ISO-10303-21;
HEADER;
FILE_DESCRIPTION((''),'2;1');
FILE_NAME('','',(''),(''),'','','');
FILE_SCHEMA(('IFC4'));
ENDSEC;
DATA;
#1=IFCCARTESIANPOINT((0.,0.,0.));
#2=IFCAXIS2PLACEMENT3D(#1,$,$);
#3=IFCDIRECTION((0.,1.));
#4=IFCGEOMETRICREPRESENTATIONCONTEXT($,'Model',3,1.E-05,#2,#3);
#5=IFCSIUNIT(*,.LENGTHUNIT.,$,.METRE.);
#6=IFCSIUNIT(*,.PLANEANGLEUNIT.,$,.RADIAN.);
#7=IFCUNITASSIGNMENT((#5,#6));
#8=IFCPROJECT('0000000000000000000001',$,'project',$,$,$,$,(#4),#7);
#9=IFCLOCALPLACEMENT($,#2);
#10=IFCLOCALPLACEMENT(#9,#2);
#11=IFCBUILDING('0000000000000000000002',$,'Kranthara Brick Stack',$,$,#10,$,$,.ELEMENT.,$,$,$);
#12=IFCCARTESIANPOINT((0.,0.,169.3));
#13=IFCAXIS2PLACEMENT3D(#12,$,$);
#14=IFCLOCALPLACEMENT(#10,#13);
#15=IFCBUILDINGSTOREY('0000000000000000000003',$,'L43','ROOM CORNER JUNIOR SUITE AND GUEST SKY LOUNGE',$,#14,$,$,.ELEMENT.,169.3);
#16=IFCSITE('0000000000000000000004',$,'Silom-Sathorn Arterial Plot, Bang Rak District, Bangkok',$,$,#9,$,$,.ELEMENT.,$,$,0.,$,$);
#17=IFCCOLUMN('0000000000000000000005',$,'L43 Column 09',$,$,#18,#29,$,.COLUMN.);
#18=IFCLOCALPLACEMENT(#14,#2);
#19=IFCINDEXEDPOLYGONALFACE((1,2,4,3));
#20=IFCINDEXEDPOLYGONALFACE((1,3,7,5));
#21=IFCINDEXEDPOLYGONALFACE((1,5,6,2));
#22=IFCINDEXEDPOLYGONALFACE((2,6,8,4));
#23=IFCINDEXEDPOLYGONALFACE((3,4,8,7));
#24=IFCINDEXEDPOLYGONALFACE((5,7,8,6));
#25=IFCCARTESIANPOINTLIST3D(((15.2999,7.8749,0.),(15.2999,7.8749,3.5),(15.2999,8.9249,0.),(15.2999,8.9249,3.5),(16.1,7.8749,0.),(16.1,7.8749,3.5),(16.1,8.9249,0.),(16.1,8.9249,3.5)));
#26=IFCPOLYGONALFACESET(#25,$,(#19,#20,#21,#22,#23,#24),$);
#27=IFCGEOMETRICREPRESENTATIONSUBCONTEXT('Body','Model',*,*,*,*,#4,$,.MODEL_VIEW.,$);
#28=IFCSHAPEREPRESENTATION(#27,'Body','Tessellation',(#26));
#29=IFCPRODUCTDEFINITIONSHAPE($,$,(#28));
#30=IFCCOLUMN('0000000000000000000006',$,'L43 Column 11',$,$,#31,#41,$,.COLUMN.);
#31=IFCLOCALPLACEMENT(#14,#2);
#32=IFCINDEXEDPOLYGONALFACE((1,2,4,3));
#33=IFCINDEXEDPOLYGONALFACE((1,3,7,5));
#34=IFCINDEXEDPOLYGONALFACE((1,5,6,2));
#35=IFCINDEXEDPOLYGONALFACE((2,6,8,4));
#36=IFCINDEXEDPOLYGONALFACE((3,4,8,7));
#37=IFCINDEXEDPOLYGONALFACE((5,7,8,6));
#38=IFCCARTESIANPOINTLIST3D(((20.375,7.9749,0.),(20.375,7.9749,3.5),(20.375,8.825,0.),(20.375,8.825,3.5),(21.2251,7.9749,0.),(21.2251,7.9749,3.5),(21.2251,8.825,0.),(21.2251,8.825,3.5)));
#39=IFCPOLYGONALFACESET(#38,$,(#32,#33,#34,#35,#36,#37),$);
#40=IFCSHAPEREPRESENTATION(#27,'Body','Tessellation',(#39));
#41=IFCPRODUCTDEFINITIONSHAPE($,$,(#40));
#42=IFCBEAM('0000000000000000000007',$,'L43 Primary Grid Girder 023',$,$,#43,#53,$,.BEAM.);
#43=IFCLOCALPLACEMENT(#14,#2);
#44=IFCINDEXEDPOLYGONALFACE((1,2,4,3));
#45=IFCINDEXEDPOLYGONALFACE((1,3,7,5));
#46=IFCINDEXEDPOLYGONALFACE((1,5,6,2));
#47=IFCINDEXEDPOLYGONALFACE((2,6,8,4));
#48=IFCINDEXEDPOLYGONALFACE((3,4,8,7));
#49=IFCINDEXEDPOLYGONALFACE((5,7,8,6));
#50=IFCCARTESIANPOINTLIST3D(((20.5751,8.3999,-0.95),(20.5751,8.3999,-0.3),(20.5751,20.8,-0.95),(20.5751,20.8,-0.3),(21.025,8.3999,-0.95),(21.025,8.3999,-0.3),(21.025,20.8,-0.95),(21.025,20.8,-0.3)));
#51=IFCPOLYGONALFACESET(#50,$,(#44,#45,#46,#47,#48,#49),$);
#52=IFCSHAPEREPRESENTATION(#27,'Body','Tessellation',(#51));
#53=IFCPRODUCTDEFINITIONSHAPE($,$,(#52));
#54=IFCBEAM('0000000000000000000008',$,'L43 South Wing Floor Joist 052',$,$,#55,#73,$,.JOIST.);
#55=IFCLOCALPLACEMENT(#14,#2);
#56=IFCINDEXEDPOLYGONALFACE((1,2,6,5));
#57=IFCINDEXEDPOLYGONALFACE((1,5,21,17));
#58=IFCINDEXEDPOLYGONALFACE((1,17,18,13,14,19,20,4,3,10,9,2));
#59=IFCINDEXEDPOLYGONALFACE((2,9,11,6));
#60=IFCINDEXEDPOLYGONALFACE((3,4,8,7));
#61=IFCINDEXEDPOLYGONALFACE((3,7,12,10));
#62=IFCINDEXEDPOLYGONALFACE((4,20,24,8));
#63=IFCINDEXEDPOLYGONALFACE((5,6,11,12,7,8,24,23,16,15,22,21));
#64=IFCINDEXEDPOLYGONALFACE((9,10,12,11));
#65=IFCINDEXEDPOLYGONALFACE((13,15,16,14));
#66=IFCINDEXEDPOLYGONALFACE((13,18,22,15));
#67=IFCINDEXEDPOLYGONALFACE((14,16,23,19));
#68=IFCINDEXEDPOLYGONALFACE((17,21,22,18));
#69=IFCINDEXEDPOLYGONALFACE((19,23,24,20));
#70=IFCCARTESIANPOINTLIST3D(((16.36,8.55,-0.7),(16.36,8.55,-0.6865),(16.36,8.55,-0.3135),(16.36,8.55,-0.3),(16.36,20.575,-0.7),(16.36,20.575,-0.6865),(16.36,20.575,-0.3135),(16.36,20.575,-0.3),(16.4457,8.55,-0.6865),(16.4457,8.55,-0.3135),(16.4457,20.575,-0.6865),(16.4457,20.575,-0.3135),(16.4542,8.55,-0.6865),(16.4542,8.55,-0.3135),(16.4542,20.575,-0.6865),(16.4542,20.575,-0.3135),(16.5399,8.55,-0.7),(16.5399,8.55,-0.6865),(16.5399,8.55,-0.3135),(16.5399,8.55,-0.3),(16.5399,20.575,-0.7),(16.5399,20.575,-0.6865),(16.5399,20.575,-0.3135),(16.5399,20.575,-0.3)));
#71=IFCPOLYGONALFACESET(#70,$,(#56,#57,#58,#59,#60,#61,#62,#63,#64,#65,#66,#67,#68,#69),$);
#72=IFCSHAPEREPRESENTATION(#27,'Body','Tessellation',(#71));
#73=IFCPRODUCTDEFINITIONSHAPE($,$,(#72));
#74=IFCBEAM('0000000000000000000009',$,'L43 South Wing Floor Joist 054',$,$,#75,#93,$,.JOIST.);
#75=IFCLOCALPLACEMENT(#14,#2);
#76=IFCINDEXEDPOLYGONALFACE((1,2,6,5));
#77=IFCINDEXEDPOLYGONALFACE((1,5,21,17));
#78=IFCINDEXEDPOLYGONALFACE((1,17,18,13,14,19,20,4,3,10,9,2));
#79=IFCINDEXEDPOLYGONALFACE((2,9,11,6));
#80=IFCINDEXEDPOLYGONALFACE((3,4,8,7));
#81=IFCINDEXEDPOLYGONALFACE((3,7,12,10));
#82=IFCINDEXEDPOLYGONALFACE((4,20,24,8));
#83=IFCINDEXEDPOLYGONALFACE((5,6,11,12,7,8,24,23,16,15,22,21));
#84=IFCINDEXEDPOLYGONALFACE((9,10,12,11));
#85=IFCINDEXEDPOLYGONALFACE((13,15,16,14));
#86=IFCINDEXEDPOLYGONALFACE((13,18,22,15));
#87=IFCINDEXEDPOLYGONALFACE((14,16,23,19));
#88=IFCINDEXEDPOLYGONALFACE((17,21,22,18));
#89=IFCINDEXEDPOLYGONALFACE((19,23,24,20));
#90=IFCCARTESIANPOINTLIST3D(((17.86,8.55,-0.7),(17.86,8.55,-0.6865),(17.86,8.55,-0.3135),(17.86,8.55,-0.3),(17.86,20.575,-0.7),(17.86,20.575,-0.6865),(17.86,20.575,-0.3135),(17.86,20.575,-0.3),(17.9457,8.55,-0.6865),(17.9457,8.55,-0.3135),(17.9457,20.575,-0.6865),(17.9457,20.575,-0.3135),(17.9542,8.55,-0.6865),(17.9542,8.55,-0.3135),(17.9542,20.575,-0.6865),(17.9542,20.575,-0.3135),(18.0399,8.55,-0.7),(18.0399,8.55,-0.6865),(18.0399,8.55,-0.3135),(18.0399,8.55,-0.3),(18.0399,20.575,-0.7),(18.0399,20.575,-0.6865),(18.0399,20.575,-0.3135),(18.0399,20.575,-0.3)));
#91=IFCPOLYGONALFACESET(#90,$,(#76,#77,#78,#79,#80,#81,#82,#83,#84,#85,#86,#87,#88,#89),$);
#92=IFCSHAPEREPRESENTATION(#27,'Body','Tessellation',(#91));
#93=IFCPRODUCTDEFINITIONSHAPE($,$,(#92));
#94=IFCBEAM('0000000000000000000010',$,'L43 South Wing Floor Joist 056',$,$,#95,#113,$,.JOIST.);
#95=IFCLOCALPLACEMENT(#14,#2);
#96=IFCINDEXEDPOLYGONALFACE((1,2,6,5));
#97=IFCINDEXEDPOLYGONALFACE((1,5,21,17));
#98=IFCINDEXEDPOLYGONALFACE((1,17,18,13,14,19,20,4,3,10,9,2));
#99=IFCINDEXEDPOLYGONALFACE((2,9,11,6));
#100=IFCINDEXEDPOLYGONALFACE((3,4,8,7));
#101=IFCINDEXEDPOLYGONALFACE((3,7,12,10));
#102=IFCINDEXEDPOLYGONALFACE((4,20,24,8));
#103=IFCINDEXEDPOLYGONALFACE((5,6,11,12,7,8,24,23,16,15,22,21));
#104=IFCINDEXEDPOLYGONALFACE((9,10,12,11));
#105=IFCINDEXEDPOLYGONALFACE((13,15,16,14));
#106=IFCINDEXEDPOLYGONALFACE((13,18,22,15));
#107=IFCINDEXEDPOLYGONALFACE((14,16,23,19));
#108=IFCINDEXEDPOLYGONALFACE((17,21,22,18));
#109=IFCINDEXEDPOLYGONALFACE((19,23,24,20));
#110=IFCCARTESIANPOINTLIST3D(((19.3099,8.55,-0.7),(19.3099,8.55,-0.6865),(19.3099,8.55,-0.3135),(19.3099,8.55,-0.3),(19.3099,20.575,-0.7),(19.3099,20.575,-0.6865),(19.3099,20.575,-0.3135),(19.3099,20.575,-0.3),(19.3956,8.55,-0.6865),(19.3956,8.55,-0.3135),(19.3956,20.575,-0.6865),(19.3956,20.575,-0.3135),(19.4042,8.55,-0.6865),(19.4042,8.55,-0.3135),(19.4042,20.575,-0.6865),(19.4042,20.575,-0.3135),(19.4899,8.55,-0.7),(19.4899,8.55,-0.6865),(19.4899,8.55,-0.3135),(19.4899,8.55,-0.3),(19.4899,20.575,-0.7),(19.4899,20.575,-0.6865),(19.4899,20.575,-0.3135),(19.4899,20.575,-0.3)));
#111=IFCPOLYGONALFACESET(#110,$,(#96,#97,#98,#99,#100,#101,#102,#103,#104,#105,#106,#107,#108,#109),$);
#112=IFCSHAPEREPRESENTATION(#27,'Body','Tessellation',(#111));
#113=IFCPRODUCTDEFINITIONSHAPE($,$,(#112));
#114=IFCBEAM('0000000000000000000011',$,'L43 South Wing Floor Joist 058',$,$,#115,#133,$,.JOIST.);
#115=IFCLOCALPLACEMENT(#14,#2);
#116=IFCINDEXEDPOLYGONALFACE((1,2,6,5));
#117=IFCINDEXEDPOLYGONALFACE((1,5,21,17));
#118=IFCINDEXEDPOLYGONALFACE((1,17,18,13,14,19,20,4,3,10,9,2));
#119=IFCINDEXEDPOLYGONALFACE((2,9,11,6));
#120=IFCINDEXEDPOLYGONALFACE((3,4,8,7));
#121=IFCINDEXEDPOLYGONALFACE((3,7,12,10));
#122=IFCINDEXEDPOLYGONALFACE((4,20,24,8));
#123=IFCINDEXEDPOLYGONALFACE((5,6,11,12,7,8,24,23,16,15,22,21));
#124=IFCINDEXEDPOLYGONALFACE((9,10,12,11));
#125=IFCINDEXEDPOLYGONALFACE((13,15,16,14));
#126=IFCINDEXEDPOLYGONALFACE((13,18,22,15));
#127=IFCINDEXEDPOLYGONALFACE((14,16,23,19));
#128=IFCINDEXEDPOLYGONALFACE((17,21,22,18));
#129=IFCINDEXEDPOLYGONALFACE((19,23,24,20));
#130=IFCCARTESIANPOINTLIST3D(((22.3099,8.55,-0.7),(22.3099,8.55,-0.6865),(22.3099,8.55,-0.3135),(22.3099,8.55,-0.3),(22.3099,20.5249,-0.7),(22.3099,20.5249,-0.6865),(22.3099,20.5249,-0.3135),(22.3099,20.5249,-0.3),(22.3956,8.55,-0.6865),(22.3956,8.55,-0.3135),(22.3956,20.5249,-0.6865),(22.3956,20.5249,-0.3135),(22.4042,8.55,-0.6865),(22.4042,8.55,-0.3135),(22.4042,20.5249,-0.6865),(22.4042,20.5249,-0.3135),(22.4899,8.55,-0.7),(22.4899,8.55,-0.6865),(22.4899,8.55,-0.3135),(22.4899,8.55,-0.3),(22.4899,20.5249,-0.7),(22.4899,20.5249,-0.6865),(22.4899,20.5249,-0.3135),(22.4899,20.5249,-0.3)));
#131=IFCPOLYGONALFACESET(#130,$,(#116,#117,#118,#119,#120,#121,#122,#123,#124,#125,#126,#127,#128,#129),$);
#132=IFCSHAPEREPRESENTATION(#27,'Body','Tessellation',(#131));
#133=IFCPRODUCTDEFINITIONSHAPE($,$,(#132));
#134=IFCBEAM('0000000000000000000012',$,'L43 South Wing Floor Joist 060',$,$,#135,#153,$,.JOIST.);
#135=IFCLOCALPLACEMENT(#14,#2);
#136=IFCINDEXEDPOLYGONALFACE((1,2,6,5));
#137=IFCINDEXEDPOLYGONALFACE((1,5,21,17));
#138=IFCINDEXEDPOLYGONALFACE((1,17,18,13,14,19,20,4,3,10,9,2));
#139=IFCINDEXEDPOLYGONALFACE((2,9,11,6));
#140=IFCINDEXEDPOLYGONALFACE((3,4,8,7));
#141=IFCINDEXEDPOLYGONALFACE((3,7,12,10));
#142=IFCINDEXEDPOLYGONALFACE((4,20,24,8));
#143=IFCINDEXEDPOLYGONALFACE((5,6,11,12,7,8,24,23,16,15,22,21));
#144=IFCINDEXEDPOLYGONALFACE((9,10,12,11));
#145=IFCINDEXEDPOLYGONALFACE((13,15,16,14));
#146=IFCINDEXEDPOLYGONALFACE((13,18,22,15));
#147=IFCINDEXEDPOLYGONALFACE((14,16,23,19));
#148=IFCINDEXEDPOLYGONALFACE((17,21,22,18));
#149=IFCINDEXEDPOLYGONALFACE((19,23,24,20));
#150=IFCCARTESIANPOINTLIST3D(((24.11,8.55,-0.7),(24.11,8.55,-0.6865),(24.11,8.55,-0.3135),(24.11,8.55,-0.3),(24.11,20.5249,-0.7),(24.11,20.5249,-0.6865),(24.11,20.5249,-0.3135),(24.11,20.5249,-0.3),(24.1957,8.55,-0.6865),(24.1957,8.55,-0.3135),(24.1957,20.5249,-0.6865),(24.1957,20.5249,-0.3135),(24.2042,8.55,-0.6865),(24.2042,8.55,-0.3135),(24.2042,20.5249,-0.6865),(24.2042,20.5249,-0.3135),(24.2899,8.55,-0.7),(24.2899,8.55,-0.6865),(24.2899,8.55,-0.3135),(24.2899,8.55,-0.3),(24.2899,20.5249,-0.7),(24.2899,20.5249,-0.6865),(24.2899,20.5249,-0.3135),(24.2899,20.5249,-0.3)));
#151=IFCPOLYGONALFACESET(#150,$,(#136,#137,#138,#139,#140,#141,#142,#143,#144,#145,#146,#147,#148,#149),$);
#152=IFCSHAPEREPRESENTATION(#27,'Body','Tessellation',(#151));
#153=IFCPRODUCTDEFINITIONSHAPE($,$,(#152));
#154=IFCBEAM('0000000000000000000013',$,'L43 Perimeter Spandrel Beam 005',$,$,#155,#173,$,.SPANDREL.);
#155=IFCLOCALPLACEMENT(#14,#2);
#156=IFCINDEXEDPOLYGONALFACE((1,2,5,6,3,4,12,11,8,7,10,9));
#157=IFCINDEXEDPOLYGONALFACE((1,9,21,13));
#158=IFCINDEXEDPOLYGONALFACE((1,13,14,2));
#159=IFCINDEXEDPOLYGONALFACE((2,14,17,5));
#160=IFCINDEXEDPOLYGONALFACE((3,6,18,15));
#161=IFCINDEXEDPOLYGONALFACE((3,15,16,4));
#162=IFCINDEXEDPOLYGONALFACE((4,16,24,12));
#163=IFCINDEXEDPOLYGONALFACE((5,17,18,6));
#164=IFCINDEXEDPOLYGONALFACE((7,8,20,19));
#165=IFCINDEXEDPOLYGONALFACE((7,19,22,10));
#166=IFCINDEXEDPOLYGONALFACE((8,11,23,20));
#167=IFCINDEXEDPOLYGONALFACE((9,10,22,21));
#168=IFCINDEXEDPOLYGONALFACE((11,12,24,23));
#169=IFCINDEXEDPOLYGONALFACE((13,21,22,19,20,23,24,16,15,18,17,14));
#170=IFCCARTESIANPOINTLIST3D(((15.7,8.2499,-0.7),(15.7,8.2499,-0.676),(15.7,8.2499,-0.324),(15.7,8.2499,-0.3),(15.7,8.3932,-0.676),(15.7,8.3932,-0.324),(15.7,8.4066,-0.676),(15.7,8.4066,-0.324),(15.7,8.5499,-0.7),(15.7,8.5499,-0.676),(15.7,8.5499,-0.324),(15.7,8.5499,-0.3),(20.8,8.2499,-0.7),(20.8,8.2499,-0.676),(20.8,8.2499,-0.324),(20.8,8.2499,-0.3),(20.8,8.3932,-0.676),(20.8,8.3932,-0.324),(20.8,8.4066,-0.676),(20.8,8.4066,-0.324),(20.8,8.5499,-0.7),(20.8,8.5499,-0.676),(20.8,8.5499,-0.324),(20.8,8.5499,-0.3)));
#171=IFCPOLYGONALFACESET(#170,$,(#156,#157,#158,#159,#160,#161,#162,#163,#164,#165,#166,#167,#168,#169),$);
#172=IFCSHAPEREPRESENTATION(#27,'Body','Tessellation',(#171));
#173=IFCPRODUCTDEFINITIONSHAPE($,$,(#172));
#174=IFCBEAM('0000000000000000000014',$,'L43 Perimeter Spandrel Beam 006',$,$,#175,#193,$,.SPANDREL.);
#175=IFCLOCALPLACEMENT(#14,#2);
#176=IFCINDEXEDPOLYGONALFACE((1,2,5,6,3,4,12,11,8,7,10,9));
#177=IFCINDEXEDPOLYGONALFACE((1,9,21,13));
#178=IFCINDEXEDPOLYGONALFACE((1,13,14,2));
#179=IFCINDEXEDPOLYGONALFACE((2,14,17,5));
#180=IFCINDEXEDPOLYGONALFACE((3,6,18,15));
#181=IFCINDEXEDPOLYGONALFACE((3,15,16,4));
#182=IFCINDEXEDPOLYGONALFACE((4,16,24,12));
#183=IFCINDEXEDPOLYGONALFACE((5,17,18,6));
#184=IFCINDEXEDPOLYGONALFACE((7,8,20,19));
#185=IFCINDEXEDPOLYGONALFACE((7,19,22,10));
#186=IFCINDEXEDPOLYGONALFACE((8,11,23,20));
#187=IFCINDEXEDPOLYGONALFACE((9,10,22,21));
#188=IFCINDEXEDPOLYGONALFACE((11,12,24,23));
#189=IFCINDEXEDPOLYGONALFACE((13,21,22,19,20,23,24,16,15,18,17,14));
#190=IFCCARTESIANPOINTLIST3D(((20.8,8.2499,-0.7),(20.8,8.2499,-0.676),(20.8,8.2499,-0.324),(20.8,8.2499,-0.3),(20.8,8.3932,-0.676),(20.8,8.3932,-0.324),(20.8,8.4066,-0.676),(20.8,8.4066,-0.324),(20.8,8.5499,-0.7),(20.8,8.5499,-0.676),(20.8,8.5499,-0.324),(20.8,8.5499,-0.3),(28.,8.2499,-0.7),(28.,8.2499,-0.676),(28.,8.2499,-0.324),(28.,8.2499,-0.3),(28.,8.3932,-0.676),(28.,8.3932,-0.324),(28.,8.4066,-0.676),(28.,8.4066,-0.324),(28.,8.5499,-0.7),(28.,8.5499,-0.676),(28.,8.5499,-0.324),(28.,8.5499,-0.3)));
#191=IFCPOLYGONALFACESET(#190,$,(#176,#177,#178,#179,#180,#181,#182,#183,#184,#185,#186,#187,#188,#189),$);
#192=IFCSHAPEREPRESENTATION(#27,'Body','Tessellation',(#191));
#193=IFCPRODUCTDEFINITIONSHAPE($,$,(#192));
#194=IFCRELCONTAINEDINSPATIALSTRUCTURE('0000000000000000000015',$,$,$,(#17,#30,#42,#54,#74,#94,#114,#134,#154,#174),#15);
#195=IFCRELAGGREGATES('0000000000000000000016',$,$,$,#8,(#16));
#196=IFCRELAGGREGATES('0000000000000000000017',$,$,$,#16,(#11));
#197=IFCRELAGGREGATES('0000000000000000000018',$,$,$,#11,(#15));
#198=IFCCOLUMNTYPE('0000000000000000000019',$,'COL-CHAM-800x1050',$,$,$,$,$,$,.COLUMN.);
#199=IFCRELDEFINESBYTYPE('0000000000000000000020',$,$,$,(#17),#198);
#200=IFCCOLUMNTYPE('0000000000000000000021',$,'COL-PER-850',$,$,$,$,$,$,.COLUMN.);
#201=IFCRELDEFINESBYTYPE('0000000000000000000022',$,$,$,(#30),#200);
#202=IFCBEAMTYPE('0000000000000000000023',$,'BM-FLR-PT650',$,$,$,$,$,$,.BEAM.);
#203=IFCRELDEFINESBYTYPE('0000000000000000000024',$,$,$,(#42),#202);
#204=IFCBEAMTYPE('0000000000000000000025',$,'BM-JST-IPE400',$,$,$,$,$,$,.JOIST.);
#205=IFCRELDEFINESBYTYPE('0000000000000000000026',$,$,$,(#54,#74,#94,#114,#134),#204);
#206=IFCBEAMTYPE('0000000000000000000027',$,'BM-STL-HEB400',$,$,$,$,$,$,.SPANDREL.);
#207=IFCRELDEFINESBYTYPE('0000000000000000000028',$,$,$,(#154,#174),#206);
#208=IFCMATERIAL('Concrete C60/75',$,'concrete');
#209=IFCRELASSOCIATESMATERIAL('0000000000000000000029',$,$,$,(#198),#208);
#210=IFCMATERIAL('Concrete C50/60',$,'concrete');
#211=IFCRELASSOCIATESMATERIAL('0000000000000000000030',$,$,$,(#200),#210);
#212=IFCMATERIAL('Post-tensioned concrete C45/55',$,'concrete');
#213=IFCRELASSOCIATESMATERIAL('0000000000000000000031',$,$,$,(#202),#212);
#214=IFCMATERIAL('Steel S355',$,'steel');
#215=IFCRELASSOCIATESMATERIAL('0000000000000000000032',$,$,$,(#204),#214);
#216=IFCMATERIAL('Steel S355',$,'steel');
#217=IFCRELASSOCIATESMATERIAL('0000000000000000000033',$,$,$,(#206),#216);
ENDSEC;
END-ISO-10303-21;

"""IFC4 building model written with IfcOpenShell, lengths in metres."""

from ifc_helpers import new_model, si_unit, direction, frame, origin, origin_2d, place, context, subcontext, project, spatial, rectangle, i_section, extrude, material, material_profile, profile_set, type_object, element, save


model = new_model("IFC4")

# Units and contexts
model_context = context("Model", 3, precision=1e-05, world=origin(), true_north=direction((0.0, 1.0)))
body_context = subcontext(model_context, "Body", "Model", "MODEL_VIEW")
ifc_project = project(units=[si_unit("LENGTHUNIT", "METRE"), si_unit("PLANEANGLEUNIT", "RADIAN")], contexts=[model_context])

# Site, building, storey
site_placement = place(None, origin())
site = spatial("IfcSite", under=ifc_project, at=site_placement, Name="Silom-Sathorn Arterial Plot, Bang Rak District, Bangkok", CompositionType="ELEMENT", RefElevation=0.0)
building_placement = place(site_placement, origin())
building = spatial("IfcBuilding", under=site, at=building_placement, Name="Kranthara Brick Stack", CompositionType="ELEMENT")
storey_placement = place(building_placement, frame((0.0, 0.0, 169.3)))
storey = spatial("IfcBuildingStorey", under=building, at=storey_placement, Name="L43", Description="ROOM CORNER JUNIOR SUITE AND GUEST SKY LOUNGE", CompositionType="ELEMENT", Elevation=169.3)

# Columns
ifc_material_1 = material(Name="Concrete C60/75", Category="concrete")
ifc_material_profile_1 = material_profile(ifc_material_1, rectangle(XDim=0.8, YDim=1.05, at=origin_2d()), Name="RC 800x1050")
ifc_profile_set_1 = profile_set([ifc_material_profile_1], Name="Concrete C60/75")
column_type_1 = type_object("IfcColumnType", Name="COL-CHAM-800x1050", PredefinedType="COLUMN", material=ifc_profile_set_1)
column_1_placement = place(storey_placement, frame((15.7, 8.3999, 0.0), z_axis=(0.0, 0.0, 1.0), x_axis=(1.0, 0.0, 0.0)))
element("IfcColumn", 1, at=column_1_placement, inside=storey, type_object=column_type_1, Name="L43 Column 09", PredefinedType="COLUMN", context=body_context, shape_type="SweptSolid", body=[
    extrude(rectangle(XDim=0.8, YDim=1.05, at=origin_2d()), origin(), (0.0, 0.0, 1.0), 3.5),
])
ifc_material_2 = material(Name="Concrete C50/60", Category="concrete")
ifc_material_profile_2 = material_profile(ifc_material_2, rectangle(XDim=0.8501, YDim=0.8501, at=origin_2d()), Name="RC 850x850")
ifc_profile_set_2 = profile_set([ifc_material_profile_2], Name="Concrete C50/60")
column_type_2 = type_object("IfcColumnType", Name="COL-PER-850", PredefinedType="COLUMN", material=ifc_profile_set_2)
column_2_placement = place(storey_placement, frame((20.8, 8.3999, 0.0), z_axis=(0.0, 0.0, 1.0), x_axis=(1.0, 0.0, 0.0)))
element("IfcColumn", 2, at=column_2_placement, inside=storey, type_object=column_type_2, Name="L43 Column 11", PredefinedType="COLUMN", context=body_context, shape_type="SweptSolid", body=[
    extrude(rectangle(XDim=0.8501, YDim=0.8501, at=origin_2d()), origin(), (0.0, 0.0, 1.0), 3.5),
])

# Beams
ifc_material_3 = material(Name="Post-tensioned concrete C45/55", Category="concrete")
ifc_material_profile_3 = material_profile(ifc_material_3, rectangle(XDim=0.45, YDim=0.6499, at=origin_2d()), Name="PT 450x650")
ifc_profile_set_3 = profile_set([ifc_material_profile_3], Name="Post-tensioned concrete C45/55")
beam_type_1 = type_object("IfcBeamType", Name="BM-FLR-PT650", PredefinedType="BEAM", material=ifc_profile_set_3)
beam_1_placement = place(storey_placement, frame((20.8, 8.3999, -0.625), z_axis=(0.0, 1.0, 0.0), x_axis=(-1.0, 0.0, 0.0)))
element("IfcBeam", 3, at=beam_1_placement, inside=storey, type_object=beam_type_1, Name="L43 Primary Grid Girder 023", PredefinedType="BEAM", context=body_context, shape_type="SweptSolid", body=[
    extrude(rectangle(XDim=0.45, YDim=0.6499, at=origin_2d()), origin(), (0.0, 0.0, 1.0), 12.4001),
])
ifc_material_4 = material(Name="Steel S355", Category="steel")
ifc_material_profile_4 = material_profile(ifc_material_4, i_section(OverallWidth=0.1799, OverallDepth=0.3999, WebThickness=0.0085, FlangeThickness=0.0134, at=origin_2d()), Name="IPE 400")
ifc_profile_set_4 = profile_set([ifc_material_profile_4], Name="Steel S355")
beam_type_2 = type_object("IfcBeamType", Name="BM-JST-IPE400", PredefinedType="JOIST", material=ifc_profile_set_4)
for number, where, z_axis, x_axis, name in (
    (4, (16.45, 8.55, -0.5), (0.0, 1.0, 0.0), (-1.0, 0.0, 0.0), "L43 South Wing Floor Joist 052"),
    (5, (17.95, 8.55, -0.5), (0.0, 1.0, 0.0), (-1.0, 0.0, 0.0), "L43 South Wing Floor Joist 054"),
    (6, (19.3999, 8.55, -0.5), (0.0, 1.0, 0.0), (-1.0, 0.0, 0.0), "L43 South Wing Floor Joist 056"),
):
    element("IfcBeam", number, at=place(storey_placement, frame(where, z_axis=z_axis, x_axis=x_axis)), inside=storey, type_object=beam_type_2, Name=name, PredefinedType="JOIST", context=body_context, shape_type="SweptSolid", body=[
        extrude(i_section(OverallWidth=0.1799, OverallDepth=0.3999, WebThickness=0.0085, FlangeThickness=0.0134, at=origin_2d()), origin(), (0.0, 0.0, 1.0), 12.0249),
    ])
for number, where, z_axis, x_axis, name in (
    (7, (22.3999, 8.55, -0.5), (0.0, 1.0, 0.0), (-1.0, 0.0, 0.0), "L43 South Wing Floor Joist 058"),
    (8, (24.2, 8.55, -0.5), (0.0, 1.0, 0.0), (-1.0, 0.0, 0.0), "L43 South Wing Floor Joist 060"),
):
    element("IfcBeam", number, at=place(storey_placement, frame(where, z_axis=z_axis, x_axis=x_axis)), inside=storey, type_object=beam_type_2, Name=name, PredefinedType="JOIST", context=body_context, shape_type="SweptSolid", body=[
        extrude(i_section(OverallWidth=0.1799, OverallDepth=0.3999, WebThickness=0.0085, FlangeThickness=0.0134, at=origin_2d()), origin(), (0.0, 0.0, 1.0), 11.9749),
    ])
ifc_material_5 = material(Name="Steel S355", Category="steel")
ifc_material_profile_5 = material_profile(ifc_material_5, i_section(OverallWidth=0.3, OverallDepth=0.3999, WebThickness=0.0134, FlangeThickness=0.0239, at=origin_2d()), Name="HEB 400")
ifc_profile_set_5 = profile_set([ifc_material_profile_5], Name="Steel S355")
beam_type_3 = type_object("IfcBeamType", Name="BM-STL-HEB400", PredefinedType="SPANDREL", material=ifc_profile_set_5)
beam_2_placement = place(storey_placement, frame((15.7, 8.3999, -0.5), z_axis=(1.0, 0.0, 0.0), x_axis=(0.0, 1.0, 0.0)))
element("IfcBeam", 9, at=beam_2_placement, inside=storey, type_object=beam_type_3, Name="L43 Perimeter Spandrel Beam 005", PredefinedType="SPANDREL", context=body_context, shape_type="SweptSolid", body=[
    extrude(i_section(OverallWidth=0.3, OverallDepth=0.3999, WebThickness=0.0134, FlangeThickness=0.0239, at=origin_2d()), origin(), (0.0, 0.0, 1.0), 5.1001),
])
beam_3_placement = place(storey_placement, frame((20.8, 8.3999, -0.5), z_axis=(1.0, 0.0, 0.0), x_axis=(0.0, 1.0, 0.0)))
element("IfcBeam", 10, at=beam_3_placement, inside=storey, type_object=beam_type_3, Name="L43 Perimeter Spandrel Beam 006", PredefinedType="SPANDREL", context=body_context, shape_type="SweptSolid", body=[
    extrude(i_section(OverallWidth=0.3, OverallDepth=0.3999, WebThickness=0.0134, FlangeThickness=0.0239, at=origin_2d()), origin(), (0.0, 0.0, 1.0), 7.2),
])

save(model, "model.ifc")
